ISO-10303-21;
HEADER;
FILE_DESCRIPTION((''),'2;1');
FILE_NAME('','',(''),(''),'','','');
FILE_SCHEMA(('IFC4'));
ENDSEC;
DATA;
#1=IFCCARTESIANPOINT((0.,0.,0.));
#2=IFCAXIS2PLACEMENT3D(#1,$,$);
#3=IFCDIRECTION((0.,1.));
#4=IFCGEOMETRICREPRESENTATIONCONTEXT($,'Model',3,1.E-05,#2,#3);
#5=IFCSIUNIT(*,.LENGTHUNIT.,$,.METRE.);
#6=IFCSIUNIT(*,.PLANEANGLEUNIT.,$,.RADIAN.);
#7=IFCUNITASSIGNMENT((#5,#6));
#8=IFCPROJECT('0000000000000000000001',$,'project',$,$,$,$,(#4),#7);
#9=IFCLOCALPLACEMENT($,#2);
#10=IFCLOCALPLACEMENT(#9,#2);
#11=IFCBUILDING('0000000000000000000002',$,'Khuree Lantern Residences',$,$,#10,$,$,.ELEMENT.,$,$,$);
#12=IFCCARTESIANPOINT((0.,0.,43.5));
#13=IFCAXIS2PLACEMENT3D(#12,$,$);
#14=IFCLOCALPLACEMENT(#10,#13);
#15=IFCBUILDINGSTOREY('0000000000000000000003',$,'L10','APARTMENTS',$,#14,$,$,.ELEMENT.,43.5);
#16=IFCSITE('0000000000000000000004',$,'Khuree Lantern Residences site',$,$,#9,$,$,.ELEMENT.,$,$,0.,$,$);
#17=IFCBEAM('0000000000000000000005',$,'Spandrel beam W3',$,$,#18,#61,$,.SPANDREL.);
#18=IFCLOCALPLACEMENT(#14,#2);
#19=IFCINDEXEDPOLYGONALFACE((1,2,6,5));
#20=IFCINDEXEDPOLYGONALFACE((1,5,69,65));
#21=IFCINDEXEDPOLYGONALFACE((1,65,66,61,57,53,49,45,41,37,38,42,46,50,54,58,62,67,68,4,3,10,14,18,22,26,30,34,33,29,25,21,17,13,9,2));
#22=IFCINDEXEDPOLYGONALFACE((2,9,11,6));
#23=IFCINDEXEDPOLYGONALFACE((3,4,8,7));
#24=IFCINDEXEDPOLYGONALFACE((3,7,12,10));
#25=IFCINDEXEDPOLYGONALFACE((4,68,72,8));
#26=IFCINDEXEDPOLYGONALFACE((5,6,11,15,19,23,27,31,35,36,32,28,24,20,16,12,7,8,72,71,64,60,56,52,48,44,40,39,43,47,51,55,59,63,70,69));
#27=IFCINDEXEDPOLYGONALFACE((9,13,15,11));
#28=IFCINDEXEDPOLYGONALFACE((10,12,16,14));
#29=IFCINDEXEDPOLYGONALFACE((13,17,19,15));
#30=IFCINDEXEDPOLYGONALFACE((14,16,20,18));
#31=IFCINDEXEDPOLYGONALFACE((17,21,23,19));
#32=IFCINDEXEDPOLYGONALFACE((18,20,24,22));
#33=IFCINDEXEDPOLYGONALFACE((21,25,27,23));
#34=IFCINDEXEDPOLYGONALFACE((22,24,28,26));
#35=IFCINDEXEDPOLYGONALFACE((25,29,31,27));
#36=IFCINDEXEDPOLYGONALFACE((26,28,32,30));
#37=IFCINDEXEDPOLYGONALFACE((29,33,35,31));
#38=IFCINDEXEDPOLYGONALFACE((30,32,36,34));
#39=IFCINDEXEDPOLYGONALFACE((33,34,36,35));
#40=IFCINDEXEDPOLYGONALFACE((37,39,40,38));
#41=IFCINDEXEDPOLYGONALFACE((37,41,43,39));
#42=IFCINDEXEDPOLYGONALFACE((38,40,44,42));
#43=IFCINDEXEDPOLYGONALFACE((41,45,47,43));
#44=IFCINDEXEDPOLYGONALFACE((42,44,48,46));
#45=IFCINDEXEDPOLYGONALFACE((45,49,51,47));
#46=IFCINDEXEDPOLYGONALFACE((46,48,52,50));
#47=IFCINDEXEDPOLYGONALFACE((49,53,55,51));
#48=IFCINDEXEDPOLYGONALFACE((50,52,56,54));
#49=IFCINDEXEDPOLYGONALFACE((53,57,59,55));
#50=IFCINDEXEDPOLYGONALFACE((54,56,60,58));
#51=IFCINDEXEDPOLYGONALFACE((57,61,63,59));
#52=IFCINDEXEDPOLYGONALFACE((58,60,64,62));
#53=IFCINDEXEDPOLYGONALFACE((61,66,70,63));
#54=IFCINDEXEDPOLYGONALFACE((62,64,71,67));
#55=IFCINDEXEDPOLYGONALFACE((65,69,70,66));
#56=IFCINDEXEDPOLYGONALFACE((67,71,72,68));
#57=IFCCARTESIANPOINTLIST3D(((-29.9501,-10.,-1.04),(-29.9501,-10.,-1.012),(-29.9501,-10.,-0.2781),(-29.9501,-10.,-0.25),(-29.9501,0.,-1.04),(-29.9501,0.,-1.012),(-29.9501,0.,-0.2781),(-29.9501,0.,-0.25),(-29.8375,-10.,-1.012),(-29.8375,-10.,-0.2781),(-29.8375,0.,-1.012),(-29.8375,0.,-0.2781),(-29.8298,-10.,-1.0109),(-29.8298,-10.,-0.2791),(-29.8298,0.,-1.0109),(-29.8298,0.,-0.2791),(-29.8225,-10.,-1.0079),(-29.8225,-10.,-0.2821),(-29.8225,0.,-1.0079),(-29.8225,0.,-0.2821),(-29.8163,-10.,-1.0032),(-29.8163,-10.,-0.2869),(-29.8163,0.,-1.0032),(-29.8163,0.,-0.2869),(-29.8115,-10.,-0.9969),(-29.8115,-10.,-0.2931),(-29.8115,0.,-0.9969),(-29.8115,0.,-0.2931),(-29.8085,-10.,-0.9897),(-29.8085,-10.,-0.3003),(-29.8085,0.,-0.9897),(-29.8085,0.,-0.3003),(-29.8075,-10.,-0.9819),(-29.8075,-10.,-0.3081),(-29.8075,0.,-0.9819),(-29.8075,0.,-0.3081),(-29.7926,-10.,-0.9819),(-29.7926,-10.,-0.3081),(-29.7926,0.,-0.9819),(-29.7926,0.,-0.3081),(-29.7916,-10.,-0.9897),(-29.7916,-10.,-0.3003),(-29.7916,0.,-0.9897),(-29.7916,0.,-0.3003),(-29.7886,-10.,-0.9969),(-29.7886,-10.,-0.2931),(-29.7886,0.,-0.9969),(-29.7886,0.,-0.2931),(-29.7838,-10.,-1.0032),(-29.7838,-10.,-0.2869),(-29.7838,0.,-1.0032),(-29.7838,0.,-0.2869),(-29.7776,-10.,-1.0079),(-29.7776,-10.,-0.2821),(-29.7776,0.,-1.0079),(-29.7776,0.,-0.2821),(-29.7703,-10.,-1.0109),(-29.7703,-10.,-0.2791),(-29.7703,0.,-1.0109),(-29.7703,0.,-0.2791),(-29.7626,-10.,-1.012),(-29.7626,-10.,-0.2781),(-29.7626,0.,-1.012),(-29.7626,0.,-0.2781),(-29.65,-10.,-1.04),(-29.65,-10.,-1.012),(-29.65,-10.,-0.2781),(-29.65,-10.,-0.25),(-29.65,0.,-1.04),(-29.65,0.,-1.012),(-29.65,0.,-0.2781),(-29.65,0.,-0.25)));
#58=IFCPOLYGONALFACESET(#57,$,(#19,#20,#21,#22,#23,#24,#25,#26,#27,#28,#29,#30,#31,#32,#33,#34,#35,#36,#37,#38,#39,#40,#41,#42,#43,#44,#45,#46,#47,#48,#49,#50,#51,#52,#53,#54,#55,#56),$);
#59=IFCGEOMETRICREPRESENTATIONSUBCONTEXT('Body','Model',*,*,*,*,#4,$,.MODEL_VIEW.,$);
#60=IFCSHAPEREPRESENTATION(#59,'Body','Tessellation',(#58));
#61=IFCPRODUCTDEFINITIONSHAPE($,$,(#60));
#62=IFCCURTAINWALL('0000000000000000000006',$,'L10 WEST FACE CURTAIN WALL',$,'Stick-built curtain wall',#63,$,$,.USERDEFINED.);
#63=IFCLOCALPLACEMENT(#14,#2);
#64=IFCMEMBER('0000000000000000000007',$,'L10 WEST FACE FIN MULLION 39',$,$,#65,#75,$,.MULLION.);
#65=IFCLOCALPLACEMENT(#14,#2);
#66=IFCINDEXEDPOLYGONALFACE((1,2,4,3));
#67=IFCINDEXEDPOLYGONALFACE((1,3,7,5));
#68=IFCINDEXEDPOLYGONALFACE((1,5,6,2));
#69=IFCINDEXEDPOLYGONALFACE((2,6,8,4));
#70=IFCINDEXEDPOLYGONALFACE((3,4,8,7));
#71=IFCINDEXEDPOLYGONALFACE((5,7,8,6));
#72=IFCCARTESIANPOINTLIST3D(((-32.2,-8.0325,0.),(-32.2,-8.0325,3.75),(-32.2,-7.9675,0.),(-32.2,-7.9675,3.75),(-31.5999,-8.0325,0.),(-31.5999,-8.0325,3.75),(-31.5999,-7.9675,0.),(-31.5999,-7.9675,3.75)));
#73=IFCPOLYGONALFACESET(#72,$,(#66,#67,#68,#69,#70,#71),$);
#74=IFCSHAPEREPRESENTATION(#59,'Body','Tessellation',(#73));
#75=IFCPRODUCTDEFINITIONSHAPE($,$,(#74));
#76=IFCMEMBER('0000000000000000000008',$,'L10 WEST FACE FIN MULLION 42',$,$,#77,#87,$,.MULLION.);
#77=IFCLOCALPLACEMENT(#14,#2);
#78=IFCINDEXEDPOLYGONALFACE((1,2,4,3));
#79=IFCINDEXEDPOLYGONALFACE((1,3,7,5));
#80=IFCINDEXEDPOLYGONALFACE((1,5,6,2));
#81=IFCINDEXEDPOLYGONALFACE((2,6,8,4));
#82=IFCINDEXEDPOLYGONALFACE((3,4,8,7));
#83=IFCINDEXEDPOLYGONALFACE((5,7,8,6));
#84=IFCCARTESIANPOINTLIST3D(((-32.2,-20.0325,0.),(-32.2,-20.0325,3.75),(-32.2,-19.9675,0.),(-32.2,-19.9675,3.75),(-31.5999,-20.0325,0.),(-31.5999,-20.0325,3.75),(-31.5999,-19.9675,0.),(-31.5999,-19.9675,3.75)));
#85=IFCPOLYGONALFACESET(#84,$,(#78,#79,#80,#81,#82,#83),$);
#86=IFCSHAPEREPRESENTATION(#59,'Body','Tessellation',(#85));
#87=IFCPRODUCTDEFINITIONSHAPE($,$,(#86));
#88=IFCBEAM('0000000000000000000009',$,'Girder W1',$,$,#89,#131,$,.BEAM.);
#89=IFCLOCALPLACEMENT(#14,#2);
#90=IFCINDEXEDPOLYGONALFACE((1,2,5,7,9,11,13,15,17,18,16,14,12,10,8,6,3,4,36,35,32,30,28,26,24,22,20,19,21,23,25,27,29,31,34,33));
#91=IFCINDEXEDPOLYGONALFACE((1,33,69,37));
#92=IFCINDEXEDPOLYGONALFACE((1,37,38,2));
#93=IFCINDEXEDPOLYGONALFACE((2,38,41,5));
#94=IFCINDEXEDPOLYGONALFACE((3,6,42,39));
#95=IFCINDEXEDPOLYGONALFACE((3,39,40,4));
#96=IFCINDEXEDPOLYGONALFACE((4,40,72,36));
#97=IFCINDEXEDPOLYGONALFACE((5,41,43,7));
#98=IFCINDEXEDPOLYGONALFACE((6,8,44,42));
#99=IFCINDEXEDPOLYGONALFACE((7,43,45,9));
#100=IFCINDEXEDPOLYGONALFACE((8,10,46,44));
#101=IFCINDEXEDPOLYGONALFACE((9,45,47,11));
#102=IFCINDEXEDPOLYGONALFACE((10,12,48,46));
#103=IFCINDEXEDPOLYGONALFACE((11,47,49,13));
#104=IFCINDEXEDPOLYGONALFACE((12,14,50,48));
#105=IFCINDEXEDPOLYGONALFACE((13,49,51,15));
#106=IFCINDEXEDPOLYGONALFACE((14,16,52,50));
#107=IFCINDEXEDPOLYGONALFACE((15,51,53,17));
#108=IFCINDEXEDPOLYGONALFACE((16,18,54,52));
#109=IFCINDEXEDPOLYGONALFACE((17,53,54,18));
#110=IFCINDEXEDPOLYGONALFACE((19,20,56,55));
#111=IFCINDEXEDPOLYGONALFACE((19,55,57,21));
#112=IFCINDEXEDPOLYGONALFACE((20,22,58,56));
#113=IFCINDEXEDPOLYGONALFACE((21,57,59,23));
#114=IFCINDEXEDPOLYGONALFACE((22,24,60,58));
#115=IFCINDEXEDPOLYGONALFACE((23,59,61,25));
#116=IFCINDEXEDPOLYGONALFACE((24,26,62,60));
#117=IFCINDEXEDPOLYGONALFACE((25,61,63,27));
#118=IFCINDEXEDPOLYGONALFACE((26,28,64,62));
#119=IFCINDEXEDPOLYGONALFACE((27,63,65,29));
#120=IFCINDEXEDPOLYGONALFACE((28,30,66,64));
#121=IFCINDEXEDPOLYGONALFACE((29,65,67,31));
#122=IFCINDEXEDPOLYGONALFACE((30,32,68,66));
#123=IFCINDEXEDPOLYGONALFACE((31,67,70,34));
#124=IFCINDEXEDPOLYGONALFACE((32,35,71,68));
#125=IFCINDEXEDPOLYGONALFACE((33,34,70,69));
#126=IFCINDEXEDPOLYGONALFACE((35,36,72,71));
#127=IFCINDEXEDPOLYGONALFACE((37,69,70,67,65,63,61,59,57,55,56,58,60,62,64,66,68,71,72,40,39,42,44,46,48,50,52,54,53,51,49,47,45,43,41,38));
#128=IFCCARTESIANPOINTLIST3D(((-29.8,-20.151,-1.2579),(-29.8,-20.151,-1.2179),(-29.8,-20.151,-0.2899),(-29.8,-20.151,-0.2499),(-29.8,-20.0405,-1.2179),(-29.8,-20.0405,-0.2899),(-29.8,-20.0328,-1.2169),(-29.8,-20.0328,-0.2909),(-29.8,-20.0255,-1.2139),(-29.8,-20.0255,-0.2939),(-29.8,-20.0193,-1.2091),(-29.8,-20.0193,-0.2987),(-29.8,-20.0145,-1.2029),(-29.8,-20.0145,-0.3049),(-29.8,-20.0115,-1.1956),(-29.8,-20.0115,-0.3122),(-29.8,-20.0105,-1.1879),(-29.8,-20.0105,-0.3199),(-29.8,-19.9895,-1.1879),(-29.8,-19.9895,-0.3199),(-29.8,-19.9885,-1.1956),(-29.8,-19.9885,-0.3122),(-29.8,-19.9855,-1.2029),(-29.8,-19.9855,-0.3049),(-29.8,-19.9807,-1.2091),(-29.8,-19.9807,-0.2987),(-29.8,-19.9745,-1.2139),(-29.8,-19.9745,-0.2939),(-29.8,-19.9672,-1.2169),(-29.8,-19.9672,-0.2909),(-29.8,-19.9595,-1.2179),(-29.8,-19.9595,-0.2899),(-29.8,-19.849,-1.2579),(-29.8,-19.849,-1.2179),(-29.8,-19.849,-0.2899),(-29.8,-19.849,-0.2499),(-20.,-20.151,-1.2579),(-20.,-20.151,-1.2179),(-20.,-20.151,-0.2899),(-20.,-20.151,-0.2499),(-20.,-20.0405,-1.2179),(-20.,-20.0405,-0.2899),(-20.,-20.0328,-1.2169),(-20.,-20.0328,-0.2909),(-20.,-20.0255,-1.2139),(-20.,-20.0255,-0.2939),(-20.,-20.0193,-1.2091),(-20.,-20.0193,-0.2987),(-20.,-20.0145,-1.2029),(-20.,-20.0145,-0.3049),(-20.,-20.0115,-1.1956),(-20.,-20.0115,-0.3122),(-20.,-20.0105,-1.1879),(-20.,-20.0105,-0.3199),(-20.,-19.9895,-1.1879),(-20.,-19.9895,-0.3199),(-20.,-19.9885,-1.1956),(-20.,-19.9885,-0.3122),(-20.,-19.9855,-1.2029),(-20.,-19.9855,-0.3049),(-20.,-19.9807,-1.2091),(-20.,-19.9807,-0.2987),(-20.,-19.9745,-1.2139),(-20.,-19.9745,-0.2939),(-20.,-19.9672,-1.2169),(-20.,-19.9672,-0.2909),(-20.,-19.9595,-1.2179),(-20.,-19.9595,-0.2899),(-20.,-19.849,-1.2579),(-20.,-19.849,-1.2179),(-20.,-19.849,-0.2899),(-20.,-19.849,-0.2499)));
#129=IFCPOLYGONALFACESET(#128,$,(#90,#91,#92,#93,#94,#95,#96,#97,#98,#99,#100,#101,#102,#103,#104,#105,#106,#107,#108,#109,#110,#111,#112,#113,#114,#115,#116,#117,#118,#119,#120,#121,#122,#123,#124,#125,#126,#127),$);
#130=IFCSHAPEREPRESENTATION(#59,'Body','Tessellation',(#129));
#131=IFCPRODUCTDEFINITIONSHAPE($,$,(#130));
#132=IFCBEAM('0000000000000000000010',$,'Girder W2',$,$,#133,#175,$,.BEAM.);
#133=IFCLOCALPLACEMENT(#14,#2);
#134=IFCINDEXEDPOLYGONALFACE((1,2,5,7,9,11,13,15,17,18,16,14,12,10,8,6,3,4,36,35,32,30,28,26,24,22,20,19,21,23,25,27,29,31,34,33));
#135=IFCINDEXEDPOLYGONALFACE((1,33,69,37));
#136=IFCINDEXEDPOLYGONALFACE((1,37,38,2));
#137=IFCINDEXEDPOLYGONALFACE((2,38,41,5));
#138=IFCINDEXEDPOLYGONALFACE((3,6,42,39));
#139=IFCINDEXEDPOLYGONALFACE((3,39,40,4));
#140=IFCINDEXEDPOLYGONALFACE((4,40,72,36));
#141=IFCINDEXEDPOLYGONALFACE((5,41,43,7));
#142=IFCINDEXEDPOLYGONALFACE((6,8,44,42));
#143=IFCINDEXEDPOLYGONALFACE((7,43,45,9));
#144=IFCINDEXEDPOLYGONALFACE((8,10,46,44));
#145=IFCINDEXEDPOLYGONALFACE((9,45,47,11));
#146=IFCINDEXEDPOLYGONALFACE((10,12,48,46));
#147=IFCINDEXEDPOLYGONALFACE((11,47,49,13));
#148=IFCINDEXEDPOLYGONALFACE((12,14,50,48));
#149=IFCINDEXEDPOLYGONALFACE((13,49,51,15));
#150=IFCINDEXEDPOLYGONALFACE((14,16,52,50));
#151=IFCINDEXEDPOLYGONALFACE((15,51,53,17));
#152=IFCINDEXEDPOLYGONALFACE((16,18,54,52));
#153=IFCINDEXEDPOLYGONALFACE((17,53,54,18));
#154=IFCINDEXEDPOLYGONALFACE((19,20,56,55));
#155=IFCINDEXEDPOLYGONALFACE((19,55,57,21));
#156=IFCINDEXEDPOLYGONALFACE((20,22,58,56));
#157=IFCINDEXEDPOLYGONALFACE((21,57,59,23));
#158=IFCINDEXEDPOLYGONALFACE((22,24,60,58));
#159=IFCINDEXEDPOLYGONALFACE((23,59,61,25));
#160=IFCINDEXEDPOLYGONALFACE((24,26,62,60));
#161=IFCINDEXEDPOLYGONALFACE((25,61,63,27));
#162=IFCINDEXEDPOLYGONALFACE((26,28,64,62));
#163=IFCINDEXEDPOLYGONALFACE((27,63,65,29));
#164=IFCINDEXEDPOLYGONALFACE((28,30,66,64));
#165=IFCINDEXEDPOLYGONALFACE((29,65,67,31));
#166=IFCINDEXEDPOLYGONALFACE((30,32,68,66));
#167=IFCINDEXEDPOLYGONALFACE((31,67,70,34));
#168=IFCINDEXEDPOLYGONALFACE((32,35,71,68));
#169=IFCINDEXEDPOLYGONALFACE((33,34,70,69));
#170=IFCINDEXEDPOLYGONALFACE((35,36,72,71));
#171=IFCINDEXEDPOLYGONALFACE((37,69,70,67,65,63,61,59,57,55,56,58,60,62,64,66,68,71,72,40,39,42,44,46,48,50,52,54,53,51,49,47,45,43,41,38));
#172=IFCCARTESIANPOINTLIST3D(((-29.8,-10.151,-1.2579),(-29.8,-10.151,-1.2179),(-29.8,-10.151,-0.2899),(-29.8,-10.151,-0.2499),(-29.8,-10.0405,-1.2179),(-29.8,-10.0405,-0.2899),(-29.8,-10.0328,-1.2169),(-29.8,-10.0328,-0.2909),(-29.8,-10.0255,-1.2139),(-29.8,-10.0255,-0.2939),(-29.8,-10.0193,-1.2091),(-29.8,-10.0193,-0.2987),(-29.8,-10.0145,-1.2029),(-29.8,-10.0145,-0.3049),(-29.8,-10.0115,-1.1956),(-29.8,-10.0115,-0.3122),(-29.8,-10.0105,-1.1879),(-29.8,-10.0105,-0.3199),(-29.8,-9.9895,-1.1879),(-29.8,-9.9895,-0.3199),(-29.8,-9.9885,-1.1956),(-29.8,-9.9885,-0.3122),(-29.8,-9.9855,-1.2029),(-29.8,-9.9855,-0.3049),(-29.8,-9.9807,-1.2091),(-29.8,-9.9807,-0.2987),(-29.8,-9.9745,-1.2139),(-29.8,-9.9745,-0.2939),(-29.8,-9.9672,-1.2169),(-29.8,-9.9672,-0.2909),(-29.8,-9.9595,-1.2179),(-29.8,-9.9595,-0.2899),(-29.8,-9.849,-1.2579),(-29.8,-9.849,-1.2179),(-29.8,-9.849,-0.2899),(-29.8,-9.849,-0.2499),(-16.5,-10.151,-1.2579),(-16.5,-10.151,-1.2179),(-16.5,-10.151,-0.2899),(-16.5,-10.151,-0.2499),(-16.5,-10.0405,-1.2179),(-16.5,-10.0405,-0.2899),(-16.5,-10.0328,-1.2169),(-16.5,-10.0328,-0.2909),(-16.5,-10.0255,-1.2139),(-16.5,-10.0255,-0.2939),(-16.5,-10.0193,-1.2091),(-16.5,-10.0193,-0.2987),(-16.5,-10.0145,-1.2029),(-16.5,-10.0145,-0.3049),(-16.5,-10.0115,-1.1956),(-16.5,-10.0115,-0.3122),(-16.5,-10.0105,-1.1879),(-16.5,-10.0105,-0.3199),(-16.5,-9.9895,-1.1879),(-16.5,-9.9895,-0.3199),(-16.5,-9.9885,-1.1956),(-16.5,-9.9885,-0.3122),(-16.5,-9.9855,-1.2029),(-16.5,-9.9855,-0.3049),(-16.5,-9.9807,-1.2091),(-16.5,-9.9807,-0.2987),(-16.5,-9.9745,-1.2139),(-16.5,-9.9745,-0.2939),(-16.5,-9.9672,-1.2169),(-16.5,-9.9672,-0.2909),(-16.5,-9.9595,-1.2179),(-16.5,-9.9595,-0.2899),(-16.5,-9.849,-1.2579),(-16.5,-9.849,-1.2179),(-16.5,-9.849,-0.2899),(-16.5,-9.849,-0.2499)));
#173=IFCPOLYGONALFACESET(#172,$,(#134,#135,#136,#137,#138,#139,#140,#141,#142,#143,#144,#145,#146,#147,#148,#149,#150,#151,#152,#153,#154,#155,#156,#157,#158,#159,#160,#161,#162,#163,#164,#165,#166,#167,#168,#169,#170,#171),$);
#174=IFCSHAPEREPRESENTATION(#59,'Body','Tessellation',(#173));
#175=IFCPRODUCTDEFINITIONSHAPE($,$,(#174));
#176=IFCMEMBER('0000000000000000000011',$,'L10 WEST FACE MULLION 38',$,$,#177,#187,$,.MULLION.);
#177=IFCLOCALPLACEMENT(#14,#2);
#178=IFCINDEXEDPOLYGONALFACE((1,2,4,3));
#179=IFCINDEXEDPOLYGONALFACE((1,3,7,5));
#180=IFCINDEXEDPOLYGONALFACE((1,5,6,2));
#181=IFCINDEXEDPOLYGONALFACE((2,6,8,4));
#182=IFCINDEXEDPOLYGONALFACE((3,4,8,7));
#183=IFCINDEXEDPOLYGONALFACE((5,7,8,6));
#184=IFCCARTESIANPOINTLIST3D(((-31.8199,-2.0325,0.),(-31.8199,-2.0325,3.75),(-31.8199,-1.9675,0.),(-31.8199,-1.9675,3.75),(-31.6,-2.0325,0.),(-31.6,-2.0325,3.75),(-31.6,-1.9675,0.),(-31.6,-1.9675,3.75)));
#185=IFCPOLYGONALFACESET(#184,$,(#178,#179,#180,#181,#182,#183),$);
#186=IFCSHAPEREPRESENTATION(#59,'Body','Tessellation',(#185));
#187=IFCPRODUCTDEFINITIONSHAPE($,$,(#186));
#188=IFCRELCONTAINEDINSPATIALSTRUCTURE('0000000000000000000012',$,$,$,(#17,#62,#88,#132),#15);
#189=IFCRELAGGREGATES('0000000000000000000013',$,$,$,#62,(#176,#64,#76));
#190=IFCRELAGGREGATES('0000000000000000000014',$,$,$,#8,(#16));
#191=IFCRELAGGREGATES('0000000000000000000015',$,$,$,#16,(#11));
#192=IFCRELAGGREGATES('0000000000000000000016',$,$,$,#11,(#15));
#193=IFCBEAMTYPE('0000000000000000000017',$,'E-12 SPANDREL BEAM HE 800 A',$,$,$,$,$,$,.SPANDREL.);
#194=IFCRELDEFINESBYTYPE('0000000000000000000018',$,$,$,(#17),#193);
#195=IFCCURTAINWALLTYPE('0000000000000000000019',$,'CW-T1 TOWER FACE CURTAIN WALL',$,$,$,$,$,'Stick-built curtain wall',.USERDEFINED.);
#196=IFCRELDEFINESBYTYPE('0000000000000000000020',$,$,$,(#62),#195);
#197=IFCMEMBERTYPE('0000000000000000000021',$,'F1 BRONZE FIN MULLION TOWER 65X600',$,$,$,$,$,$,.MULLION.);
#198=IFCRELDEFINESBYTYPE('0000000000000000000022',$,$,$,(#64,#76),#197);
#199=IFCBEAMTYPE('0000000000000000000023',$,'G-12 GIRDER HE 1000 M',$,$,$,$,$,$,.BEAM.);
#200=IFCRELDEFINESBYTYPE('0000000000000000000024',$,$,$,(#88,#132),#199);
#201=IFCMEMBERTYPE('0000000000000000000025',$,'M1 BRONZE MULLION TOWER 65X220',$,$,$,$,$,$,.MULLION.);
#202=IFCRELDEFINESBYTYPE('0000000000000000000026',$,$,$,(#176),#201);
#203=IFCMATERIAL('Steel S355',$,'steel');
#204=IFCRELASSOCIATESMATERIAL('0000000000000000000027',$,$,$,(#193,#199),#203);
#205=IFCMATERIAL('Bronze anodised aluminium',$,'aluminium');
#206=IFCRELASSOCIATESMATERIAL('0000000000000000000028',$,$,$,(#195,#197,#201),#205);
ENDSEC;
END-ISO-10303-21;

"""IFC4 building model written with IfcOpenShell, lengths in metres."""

from ifc_helpers import new_model, si_unit, direction, frame, origin, origin_2d, place, context, subcontext, project, spatial, rectangle, i_section, extrude, material, material_profile, profile_set, type_object, element, aggregate, save


model = new_model("IFC4")

# Units and contexts
model_context = context("Model", 3, precision=1e-05, world=origin(), true_north=direction((0.0, 1.0)))
body_context = subcontext(model_context, "Body", "Model", "MODEL_VIEW")
ifc_project = project(units=[si_unit("LENGTHUNIT", "METRE"), si_unit("PLANEANGLEUNIT", "RADIAN")], contexts=[model_context])

# Site, building, storey
site_placement = place(None, origin())
site = spatial("IfcSite", under=ifc_project, at=site_placement, Name="Khuree Lantern Residences site", CompositionType="ELEMENT", RefElevation=0.0)
building_placement = place(site_placement, origin())
building = spatial("IfcBuilding", under=site, at=building_placement, Name="Khuree Lantern Residences", CompositionType="ELEMENT")
storey_placement = place(building_placement, frame((0.0, 0.0, 43.5)))
storey = spatial("IfcBuildingStorey", under=building, at=storey_placement, Name="L10", Description="APARTMENTS", CompositionType="ELEMENT", Elevation=43.5)

# Beam
ifc_material_1 = material(Name="Steel S355", Category="steel")
ifc_material_profile_1 = material_profile(ifc_material_1, i_section(OverallWidth=0.3, OverallDepth=0.79, WebThickness=0.0149, FlangeThickness=0.0281, FilletRadius=0.03, at=origin_2d()), Name="HE 800 A")
ifc_profile_set_1 = profile_set([ifc_material_profile_1], Name="Steel S355")
beam_type_1 = type_object("IfcBeamType", Name="E-12 SPANDREL BEAM HE 800 A", PredefinedType="SPANDREL", material=ifc_profile_set_1)
for number, where, z_axis, x_axis, name in (
    (1, (-29.8, -10.0, -0.645), (0.0, 1.0, 0.0), (-1.0, 0.0, 0.0), "Spandrel beam W3"),
):
    element("IfcBeam", number, at=place(storey_placement, frame(where, z_axis=z_axis, x_axis=x_axis)), inside=storey, type_object=beam_type_1, Name=name, PredefinedType="SPANDREL", context=body_context, shape_type="SweptSolid", body=[
        extrude(i_section(OverallWidth=0.3, OverallDepth=0.79, WebThickness=0.0149, FlangeThickness=0.0281, FilletRadius=0.03, at=origin_2d()), origin(), (0.0, 0.0, 1.0), 10.0),
    ])

# Curtain wall, members
ifc_material_2 = material(Name="Bronze anodised aluminium", Category="aluminium")
curtain_wall_type = type_object("IfcCurtainWallType", Name="CW-T1 TOWER FACE CURTAIN WALL", ElementType="Stick-built curtain wall", PredefinedType="USERDEFINED", material=ifc_material_2)
curtain_wall_placement = place(storey_placement, origin())
curtain_wall = element("IfcCurtainWall", 2, at=curtain_wall_placement, inside=storey, type_object=curtain_wall_type, Name="L10 WEST FACE CURTAIN WALL", ObjectType="Stick-built curtain wall", PredefinedType="USERDEFINED")
ifc_material_profile_2 = material_profile(ifc_material_2, rectangle(XDim=0.0649, YDim=0.6001, at=origin_2d()), Name="F1 65X600")
ifc_profile_set_2 = profile_set([ifc_material_profile_2], Name="Bronze anodised aluminium")
member_type_1 = type_object("IfcMemberType", Name="F1 BRONZE FIN MULLION TOWER 65X600", PredefinedType="MULLION", material=ifc_profile_set_2)
member_1_placement = place(storey_placement, frame((-31.8999, -8.0, 0.0), z_axis=(0.0, 0.0, 1.0), x_axis=(0.0, -1.0, 0.0)))
member_1 = element("IfcMember", 3, at=member_1_placement, type_object=member_type_1, Name="L10 WEST FACE FIN MULLION 39", PredefinedType="MULLION", context=body_context, shape_type="SweptSolid", body=[
    extrude(rectangle(XDim=0.0649, YDim=0.6001, at=origin_2d()), origin(), (0.0, 0.0, 1.0), 3.75),
])
member_2_placement = place(storey_placement, frame((-31.8999, -20.0, 0.0), z_axis=(0.0, 0.0, 1.0), x_axis=(0.0, -1.0, 0.0)))
member_2 = element("IfcMember", 4, at=member_2_placement, type_object=member_type_1, Name="L10 WEST FACE FIN MULLION 42", PredefinedType="MULLION", context=body_context, shape_type="SweptSolid", body=[
    extrude(rectangle(XDim=0.0649, YDim=0.6001, at=origin_2d()), origin(), (0.0, 0.0, 1.0), 3.75),
])

# Beams
ifc_material_profile_3 = material_profile(ifc_material_1, i_section(OverallWidth=0.302, OverallDepth=1.0081, WebThickness=0.021, FlangeThickness=0.04, FilletRadius=0.03, at=origin_2d()), Name="HE 1000 M")
ifc_profile_set_3 = profile_set([ifc_material_profile_3], Name="Steel S355")
beam_type_2 = type_object("IfcBeamType", Name="G-12 GIRDER HE 1000 M", PredefinedType="BEAM", material=ifc_profile_set_3)
beam_1_placement = place(storey_placement, frame((-29.8, -20.0, -0.7539), z_axis=(1.0, 0.0, 0.0), x_axis=(0.0, 1.0, 0.0)))
element("IfcBeam", 5, at=beam_1_placement, inside=storey, type_object=beam_type_2, Name="Girder W1", PredefinedType="BEAM", context=body_context, shape_type="SweptSolid", body=[
    extrude(i_section(OverallWidth=0.302, OverallDepth=1.0081, WebThickness=0.021, FlangeThickness=0.04, FilletRadius=0.03, at=origin_2d()), origin(), (0.0, 0.0, 1.0), 9.8),
])
beam_2_placement = place(storey_placement, frame((-29.8, -10.0, -0.7539), z_axis=(1.0, 0.0, 0.0), x_axis=(0.0, 1.0, 0.0)))
element("IfcBeam", 6, at=beam_2_placement, inside=storey, type_object=beam_type_2, Name="Girder W2", PredefinedType="BEAM", context=body_context, shape_type="SweptSolid", body=[
    extrude(i_section(OverallWidth=0.302, OverallDepth=1.0081, WebThickness=0.021, FlangeThickness=0.04, FilletRadius=0.03, at=origin_2d()), origin(), (0.0, 0.0, 1.0), 13.3),
])

# Member
ifc_material_profile_4 = material_profile(ifc_material_2, rectangle(XDim=0.0649, YDim=0.22, at=origin_2d()), Name="M1 65X220")
ifc_profile_set_4 = profile_set([ifc_material_profile_4], Name="Bronze anodised aluminium")
member_type_2 = type_object("IfcMemberType", Name="M1 BRONZE MULLION TOWER 65X220", PredefinedType="MULLION", material=ifc_profile_set_4)
member_3_placement = place(storey_placement, frame((-31.71, -2.0, 0.0), z_axis=(0.0, 0.0, 1.0), x_axis=(0.0, -1.0, 0.0)))
member_3 = element("IfcMember", 7, at=member_3_placement, type_object=member_type_2, Name="L10 WEST FACE MULLION 38", PredefinedType="MULLION", context=body_context, shape_type="SweptSolid", body=[
    extrude(rectangle(XDim=0.0649, YDim=0.22, at=origin_2d()), origin(), (0.0, 0.0, 1.0), 3.75),
])

aggregate(curtain_wall, [member_3, member_1, member_2])

save(model, "model.ifc")
